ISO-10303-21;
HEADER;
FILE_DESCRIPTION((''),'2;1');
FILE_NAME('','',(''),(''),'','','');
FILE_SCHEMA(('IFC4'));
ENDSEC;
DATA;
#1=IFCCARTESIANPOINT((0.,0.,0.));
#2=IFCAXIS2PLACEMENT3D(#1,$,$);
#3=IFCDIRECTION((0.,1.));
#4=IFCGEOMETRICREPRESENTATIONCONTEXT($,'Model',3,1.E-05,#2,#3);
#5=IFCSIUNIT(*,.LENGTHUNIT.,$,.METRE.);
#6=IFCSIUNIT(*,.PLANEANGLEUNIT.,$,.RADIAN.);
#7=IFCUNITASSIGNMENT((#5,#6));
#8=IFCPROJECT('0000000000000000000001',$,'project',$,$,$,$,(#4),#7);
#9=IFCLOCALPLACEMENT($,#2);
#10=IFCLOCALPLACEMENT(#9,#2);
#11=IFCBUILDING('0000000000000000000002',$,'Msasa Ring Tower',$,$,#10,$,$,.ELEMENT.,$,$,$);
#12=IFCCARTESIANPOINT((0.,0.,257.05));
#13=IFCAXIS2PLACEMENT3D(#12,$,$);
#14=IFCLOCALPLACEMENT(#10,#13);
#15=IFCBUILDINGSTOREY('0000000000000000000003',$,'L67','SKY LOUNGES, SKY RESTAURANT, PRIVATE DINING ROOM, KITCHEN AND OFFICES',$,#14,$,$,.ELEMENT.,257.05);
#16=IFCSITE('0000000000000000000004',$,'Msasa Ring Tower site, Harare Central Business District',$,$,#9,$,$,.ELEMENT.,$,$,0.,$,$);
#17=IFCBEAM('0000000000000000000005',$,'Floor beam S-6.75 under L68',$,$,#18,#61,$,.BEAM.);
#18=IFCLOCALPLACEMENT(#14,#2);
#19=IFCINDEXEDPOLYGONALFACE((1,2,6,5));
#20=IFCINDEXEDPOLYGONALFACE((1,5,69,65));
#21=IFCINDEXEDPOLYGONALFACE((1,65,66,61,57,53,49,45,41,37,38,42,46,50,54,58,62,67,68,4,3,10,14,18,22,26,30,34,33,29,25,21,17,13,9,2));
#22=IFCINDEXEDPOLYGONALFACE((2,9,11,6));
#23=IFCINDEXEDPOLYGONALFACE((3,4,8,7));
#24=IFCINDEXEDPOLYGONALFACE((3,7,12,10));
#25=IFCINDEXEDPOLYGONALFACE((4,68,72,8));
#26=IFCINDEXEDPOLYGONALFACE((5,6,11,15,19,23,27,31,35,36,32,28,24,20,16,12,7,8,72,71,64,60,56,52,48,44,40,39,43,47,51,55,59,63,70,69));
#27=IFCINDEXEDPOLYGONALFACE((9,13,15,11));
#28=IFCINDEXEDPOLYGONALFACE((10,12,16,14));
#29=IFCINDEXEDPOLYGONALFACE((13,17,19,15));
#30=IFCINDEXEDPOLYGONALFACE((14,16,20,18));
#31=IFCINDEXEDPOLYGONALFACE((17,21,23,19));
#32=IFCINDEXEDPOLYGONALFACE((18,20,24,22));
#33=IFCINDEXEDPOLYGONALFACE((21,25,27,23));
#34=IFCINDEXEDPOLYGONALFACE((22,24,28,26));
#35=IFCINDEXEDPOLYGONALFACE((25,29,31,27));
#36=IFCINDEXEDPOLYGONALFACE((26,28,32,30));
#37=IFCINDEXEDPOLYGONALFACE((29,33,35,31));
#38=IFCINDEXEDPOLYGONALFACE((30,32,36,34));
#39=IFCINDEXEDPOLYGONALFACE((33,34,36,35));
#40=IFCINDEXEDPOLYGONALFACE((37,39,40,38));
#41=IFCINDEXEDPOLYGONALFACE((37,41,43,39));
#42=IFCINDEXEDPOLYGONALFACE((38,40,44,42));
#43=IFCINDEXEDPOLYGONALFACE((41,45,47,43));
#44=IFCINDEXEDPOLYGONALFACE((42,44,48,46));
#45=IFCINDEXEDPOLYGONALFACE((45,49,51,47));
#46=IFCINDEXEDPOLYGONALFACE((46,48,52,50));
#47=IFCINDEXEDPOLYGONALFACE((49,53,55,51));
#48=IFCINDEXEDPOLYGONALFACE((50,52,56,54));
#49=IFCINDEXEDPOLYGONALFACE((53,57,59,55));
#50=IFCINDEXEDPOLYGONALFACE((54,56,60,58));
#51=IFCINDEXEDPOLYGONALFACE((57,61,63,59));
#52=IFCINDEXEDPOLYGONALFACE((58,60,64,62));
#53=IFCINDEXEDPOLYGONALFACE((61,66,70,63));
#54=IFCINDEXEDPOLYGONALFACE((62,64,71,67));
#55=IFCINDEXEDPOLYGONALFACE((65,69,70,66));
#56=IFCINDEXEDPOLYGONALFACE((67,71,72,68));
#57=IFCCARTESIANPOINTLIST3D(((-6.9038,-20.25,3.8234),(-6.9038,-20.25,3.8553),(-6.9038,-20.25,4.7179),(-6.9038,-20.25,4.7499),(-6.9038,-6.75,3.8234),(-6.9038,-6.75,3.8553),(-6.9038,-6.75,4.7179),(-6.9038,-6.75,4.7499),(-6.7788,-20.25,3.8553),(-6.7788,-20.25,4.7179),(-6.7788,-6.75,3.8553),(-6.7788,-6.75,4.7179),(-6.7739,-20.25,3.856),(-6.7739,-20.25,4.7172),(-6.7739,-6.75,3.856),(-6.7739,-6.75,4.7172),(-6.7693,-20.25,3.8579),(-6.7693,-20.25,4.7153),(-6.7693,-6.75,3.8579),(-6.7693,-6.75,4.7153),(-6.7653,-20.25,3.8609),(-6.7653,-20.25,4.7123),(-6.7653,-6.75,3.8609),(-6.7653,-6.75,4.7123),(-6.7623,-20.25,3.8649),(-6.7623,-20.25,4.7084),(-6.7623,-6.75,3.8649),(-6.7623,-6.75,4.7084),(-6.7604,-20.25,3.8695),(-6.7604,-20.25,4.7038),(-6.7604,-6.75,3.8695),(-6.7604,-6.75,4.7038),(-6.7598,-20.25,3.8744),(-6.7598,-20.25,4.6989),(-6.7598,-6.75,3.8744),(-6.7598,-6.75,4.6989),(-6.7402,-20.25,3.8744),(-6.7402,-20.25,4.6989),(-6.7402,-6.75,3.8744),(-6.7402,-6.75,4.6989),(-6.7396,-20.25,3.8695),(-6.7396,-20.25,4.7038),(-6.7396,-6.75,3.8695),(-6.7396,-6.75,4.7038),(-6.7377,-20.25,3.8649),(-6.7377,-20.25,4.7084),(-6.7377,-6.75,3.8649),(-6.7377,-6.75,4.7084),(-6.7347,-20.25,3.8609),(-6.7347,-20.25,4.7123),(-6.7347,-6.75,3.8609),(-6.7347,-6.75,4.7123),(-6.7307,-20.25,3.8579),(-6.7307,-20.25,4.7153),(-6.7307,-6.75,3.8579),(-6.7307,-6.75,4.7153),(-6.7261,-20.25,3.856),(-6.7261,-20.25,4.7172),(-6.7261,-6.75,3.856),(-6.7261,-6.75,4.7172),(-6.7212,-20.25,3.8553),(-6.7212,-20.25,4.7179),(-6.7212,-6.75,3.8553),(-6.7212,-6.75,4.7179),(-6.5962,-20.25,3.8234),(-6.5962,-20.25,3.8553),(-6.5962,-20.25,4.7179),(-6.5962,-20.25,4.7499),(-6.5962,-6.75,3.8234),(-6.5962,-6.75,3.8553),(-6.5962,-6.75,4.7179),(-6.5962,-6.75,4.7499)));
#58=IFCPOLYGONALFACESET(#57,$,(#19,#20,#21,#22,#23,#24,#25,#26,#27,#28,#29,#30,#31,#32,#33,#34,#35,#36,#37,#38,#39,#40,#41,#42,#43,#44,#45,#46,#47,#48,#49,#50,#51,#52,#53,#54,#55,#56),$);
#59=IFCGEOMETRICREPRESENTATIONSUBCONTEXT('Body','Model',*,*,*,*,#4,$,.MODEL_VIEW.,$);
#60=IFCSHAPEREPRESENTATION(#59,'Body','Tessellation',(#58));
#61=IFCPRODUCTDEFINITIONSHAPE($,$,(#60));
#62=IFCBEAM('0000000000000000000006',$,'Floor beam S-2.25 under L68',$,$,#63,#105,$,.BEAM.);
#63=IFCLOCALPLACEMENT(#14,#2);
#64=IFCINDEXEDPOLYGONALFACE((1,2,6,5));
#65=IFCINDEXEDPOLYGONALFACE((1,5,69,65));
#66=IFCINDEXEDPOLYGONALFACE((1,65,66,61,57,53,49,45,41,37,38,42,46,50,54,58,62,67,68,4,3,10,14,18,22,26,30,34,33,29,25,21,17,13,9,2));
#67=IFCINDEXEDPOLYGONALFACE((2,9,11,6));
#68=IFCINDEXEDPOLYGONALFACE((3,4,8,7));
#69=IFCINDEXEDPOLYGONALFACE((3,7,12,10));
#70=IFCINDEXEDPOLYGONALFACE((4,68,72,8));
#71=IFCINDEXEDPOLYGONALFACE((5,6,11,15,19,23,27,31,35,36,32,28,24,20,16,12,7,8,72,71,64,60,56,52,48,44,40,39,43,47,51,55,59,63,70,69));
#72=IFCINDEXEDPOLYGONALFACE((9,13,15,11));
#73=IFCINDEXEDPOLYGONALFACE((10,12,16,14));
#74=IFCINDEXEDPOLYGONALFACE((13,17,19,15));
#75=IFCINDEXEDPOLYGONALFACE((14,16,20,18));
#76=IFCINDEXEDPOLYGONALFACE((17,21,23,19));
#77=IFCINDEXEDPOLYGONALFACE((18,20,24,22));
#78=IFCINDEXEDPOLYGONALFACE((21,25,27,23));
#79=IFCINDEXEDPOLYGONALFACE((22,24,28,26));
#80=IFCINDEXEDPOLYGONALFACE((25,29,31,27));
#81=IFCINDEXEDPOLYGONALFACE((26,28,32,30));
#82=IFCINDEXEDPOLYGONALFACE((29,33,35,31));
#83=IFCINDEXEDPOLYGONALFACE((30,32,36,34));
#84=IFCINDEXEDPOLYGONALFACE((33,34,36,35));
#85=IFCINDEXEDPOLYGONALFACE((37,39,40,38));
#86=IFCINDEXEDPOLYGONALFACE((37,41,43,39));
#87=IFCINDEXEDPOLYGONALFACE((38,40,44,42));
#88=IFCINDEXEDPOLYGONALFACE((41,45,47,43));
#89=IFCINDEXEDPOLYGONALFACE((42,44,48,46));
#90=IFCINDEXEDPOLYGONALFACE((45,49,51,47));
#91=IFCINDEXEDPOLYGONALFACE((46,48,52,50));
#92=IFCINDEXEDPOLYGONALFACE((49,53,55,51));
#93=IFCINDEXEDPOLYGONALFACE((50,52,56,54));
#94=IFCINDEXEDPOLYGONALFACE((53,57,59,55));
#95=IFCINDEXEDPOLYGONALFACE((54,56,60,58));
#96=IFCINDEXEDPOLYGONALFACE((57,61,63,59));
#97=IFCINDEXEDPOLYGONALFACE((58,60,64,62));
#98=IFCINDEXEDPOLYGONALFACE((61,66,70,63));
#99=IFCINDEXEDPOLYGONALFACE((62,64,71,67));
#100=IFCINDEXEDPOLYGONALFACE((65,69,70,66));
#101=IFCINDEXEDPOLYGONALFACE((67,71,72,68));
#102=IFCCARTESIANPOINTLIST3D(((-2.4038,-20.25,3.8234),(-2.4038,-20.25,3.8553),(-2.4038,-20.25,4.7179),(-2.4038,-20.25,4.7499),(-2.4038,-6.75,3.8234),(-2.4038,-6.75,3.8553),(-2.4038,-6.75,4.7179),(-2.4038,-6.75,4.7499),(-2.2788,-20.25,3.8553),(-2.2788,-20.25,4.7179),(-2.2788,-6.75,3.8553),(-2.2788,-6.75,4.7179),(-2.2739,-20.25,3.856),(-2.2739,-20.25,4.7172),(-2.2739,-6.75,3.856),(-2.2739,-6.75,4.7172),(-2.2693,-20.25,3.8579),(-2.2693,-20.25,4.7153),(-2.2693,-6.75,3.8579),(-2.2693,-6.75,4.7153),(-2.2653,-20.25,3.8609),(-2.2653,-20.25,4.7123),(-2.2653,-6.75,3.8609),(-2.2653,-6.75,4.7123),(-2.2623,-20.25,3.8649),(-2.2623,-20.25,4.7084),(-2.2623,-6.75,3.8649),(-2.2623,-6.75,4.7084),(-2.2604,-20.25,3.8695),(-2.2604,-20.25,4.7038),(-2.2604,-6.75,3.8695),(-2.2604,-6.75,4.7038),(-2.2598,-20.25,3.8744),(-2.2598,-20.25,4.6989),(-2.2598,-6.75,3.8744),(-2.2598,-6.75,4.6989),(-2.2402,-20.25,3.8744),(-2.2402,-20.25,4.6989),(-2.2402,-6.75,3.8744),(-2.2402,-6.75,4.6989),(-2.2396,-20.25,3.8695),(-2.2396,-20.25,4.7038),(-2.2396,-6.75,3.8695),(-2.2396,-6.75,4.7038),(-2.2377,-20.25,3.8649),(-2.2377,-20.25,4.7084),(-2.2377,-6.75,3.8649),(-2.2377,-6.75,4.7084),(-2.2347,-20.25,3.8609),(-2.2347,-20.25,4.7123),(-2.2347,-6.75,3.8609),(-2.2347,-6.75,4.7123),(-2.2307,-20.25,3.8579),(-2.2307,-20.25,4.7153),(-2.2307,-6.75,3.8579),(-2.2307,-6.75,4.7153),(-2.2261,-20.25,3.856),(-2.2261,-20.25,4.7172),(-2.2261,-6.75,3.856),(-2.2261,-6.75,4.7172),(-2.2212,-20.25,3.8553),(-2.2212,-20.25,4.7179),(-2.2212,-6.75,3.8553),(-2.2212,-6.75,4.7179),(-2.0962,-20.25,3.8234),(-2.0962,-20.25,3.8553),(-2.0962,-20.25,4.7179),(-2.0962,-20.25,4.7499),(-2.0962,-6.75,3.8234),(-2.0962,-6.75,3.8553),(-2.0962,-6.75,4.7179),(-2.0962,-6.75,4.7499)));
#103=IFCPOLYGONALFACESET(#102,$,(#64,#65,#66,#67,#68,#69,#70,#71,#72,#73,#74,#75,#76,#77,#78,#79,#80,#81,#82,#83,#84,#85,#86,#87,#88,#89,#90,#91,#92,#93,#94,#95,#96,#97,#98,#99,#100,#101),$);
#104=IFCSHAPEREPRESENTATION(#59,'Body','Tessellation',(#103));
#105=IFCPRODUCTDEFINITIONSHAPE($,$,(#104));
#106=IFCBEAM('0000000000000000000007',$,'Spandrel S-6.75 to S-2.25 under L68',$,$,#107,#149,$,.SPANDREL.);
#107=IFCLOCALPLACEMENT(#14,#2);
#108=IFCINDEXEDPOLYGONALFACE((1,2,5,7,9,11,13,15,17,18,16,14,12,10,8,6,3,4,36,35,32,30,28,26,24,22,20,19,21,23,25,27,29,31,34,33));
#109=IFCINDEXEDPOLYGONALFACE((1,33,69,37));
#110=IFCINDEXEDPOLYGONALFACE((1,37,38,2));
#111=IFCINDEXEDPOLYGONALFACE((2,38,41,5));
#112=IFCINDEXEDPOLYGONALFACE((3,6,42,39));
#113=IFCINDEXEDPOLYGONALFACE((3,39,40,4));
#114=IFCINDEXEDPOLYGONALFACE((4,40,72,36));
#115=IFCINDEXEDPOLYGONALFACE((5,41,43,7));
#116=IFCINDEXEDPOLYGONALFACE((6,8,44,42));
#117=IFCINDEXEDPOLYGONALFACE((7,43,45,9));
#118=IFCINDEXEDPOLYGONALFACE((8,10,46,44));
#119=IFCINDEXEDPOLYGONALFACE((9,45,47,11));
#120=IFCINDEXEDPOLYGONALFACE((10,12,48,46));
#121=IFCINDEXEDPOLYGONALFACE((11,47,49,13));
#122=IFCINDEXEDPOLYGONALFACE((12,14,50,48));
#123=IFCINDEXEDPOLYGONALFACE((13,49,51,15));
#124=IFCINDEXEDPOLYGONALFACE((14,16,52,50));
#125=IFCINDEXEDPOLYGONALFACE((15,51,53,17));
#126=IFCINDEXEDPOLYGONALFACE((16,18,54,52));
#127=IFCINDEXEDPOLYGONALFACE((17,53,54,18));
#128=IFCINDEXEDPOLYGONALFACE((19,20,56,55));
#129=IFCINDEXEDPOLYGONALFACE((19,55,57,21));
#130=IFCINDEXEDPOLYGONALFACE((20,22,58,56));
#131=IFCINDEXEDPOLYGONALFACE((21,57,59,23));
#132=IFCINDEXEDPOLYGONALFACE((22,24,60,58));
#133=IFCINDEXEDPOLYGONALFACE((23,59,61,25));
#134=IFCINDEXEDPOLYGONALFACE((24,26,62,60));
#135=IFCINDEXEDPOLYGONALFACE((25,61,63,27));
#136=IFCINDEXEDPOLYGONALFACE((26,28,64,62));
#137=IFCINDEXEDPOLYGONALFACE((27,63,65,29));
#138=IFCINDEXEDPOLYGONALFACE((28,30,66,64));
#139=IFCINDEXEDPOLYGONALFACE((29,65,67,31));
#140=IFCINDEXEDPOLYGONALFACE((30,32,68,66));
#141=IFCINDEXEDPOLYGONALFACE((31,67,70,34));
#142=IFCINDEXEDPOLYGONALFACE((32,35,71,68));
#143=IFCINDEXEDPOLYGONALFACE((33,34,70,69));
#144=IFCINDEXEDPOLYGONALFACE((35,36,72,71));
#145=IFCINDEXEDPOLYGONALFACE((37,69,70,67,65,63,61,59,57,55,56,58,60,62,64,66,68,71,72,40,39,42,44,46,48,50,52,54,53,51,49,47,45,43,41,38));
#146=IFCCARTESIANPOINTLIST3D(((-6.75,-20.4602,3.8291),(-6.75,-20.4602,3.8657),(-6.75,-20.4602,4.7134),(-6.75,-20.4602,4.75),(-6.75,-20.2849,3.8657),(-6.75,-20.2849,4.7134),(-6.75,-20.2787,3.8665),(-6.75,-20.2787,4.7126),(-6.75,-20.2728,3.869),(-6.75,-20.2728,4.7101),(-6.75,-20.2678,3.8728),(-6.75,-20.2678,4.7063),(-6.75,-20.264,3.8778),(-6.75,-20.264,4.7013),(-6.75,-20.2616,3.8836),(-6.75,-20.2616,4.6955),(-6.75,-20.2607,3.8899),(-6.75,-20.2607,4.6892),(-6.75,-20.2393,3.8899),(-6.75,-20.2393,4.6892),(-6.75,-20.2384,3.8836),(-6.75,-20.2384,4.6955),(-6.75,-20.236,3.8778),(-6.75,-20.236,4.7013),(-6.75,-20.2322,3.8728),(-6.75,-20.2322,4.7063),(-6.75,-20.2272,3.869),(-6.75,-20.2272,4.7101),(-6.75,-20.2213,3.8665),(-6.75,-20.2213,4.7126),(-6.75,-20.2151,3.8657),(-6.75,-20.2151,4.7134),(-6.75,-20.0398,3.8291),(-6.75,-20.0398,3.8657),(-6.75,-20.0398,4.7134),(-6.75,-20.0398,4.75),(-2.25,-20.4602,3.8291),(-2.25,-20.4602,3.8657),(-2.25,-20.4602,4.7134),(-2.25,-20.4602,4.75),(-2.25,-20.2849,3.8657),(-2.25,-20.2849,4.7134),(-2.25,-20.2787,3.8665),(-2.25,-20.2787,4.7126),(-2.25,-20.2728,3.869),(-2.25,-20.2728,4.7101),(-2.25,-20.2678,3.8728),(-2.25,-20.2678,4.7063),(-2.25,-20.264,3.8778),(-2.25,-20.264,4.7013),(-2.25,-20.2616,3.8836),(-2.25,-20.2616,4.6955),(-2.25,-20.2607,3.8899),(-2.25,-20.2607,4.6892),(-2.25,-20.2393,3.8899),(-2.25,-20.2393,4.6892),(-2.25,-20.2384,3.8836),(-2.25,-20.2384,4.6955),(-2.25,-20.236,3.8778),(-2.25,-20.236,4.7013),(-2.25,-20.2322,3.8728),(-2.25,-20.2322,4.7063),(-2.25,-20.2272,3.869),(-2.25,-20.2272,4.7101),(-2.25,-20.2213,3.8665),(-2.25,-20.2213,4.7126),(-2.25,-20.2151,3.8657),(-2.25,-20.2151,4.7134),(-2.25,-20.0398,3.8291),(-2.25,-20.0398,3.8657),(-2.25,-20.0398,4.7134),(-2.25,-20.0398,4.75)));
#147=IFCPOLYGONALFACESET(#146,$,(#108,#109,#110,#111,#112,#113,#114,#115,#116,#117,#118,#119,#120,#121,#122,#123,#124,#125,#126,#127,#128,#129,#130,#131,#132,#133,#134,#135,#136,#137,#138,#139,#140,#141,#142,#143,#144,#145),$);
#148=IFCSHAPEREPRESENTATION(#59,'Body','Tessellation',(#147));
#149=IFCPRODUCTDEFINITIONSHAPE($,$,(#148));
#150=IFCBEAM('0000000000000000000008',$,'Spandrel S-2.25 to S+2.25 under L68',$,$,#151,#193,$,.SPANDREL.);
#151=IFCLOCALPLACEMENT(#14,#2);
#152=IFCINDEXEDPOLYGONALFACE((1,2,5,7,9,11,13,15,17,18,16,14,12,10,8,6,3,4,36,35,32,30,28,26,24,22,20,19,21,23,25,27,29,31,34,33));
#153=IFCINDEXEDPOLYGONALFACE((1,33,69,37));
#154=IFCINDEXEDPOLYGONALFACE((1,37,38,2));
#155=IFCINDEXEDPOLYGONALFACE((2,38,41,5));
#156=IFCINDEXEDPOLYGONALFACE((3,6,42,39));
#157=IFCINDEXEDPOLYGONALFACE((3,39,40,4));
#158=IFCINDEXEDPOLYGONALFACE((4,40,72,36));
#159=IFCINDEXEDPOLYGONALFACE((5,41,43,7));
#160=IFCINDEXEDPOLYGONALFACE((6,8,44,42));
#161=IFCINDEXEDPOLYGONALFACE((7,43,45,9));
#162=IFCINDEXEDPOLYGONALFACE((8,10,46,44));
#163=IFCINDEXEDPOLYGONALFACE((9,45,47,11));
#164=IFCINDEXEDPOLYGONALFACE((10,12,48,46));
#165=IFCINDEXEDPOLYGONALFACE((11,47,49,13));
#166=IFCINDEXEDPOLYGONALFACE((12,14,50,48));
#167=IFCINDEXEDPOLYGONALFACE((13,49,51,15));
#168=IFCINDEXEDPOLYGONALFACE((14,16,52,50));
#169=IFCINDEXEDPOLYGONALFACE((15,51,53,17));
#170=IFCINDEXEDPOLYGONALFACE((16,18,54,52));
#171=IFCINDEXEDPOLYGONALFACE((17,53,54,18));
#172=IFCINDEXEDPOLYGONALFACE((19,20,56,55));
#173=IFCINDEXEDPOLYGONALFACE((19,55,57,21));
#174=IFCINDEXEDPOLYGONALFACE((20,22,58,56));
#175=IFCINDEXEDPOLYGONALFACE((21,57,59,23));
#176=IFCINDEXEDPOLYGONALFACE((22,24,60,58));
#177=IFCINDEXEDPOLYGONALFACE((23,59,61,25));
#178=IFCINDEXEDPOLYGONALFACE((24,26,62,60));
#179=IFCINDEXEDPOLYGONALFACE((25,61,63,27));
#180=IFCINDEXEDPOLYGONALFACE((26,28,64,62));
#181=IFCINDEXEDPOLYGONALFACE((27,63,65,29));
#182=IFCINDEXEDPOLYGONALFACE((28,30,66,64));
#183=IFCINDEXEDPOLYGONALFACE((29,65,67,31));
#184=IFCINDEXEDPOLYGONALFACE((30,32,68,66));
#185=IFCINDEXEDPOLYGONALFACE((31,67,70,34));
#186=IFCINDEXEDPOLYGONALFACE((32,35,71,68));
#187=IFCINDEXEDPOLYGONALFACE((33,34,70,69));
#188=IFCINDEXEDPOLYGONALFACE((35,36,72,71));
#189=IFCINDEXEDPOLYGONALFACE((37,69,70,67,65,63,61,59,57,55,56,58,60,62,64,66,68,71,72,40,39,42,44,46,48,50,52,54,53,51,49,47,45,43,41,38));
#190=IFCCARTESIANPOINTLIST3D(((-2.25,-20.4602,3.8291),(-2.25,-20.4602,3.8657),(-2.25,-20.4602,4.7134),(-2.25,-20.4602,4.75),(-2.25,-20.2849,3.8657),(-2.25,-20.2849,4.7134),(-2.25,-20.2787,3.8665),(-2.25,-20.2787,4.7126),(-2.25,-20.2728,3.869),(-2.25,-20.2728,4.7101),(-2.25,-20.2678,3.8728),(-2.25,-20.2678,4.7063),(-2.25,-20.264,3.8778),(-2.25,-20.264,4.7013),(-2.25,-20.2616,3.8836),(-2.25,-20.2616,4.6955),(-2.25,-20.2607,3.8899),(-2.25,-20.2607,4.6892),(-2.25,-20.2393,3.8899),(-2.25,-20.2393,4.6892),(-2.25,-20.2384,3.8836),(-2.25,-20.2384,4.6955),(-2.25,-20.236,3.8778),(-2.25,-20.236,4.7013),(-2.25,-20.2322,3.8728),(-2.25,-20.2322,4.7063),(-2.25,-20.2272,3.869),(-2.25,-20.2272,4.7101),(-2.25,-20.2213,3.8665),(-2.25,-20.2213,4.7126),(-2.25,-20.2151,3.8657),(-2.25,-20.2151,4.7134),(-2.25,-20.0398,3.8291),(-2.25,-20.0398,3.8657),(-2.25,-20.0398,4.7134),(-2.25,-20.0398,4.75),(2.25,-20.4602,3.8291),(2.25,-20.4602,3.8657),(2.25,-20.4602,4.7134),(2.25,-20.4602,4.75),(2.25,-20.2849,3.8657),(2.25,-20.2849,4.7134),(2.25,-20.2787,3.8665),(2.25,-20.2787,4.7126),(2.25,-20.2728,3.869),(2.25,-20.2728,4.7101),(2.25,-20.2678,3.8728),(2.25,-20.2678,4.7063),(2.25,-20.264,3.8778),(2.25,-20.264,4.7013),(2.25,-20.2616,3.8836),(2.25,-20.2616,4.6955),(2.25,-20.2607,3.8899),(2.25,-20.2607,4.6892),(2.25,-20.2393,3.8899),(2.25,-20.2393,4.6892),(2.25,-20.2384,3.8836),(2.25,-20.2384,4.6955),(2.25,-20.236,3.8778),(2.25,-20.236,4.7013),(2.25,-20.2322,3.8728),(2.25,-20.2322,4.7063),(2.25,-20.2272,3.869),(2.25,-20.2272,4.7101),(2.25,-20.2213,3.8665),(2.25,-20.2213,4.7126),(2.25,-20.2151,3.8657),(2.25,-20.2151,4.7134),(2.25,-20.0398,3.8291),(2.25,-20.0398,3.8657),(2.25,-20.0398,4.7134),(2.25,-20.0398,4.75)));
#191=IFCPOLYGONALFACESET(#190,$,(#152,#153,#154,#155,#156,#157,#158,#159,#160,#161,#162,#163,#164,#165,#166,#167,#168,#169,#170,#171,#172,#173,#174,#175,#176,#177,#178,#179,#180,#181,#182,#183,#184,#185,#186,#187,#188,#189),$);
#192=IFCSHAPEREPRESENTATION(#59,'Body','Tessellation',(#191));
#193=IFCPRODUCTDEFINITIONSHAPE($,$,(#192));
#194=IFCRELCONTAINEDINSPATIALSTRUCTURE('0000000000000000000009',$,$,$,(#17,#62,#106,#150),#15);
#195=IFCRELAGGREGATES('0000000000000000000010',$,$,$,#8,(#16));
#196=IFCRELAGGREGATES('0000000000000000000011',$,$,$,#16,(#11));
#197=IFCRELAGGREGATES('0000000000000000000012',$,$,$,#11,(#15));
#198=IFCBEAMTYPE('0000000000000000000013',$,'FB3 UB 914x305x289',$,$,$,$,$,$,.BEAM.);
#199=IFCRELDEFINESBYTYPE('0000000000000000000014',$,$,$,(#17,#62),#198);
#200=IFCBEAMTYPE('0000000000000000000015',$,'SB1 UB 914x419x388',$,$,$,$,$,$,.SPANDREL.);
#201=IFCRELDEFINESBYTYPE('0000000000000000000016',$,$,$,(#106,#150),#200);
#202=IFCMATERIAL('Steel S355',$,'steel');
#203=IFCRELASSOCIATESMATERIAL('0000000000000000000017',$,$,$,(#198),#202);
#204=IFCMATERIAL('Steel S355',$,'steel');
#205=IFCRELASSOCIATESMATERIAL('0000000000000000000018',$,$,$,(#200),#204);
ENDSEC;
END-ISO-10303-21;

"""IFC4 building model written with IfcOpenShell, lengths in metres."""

from ifc_helpers import new_model, si_unit, direction, frame, origin, origin_2d, place, context, subcontext, project, spatial, i_section, extrude, material, material_profile, profile_set, type_object, element, save


model = new_model("IFC4")

# Units and contexts
model_context = context("Model", 3, precision=1e-05, world=origin(), true_north=direction((0.0, 1.0)))
body_context = subcontext(model_context, "Body", "Model", "MODEL_VIEW")
ifc_project = project(units=[si_unit("LENGTHUNIT", "METRE"), si_unit("PLANEANGLEUNIT", "RADIAN")], contexts=[model_context])

# Site, building, storey
site_placement = place(None, origin())
site = spatial("IfcSite", under=ifc_project, at=site_placement, Name="Msasa Ring Tower site, Harare Central Business District", CompositionType="ELEMENT", RefElevation=0.0)
building_placement = place(site_placement, origin())
building = spatial("IfcBuilding", under=site, at=building_placement, Name="Msasa Ring Tower", CompositionType="ELEMENT")
storey_placement = place(building_placement, frame((0.0, 0.0, 257.05)))
storey = spatial("IfcBuildingStorey", under=building, at=storey_placement, Name="L67", Description="SKY LOUNGES, SKY RESTAURANT, PRIVATE DINING ROOM, KITCHEN AND OFFICES", CompositionType="ELEMENT", Elevation=257.05)

# Beams
ifc_material_1 = material(Name="Steel S355", Category="steel")
ifc_material_profile_1 = material_profile(ifc_material_1, i_section(OverallWidth=0.3076, OverallDepth=0.9265, WebThickness=0.0195, FlangeThickness=0.032, FilletRadius=0.019, at=origin_2d()), Name="UB 914x305x289")
ifc_profile_set_1 = profile_set([ifc_material_profile_1], Name="Steel S355")
beam_type_1 = type_object("IfcBeamType", Name="FB3 UB 914x305x289", PredefinedType="BEAM", material=ifc_profile_set_1)
for number, where, z_axis, x_axis, name in (
    (1, (-6.75, -20.25, 4.2866), (0.0, 1.0, 0.0), (-1.0, 0.0, 0.0), "Floor beam S-6.75 under L68"),
    (2, (-2.25, -20.25, 4.2866), (0.0, 1.0, 0.0), (-1.0, 0.0, 0.0), "Floor beam S-2.25 under L68"),
):
    element("IfcBeam", number, at=place(storey_placement, frame(where, z_axis=z_axis, x_axis=x_axis)), inside=storey, type_object=beam_type_1, Name=name, PredefinedType="BEAM", context=body_context, shape_type="SweptSolid", body=[
        extrude(i_section(OverallWidth=0.3076, OverallDepth=0.9265, WebThickness=0.0195, FlangeThickness=0.032, FilletRadius=0.019, at=origin_2d()), origin(), (0.0, 0.0, 1.0), 13.5),
    ])
ifc_material_2 = material(Name="Steel S355", Category="steel")
ifc_material_profile_2 = material_profile(ifc_material_2, i_section(OverallWidth=0.4204, OverallDepth=0.9209, WebThickness=0.0215, FlangeThickness=0.0366, FilletRadius=0.0242, at=origin_2d()), Name="UB 914x419x388")
ifc_profile_set_2 = profile_set([ifc_material_profile_2], Name="Steel S355")
beam_type_2 = type_object("IfcBeamType", Name="SB1 UB 914x419x388", PredefinedType="SPANDREL", material=ifc_profile_set_2)
for number, where, z_axis, x_axis, name in (
    (3, (-6.75, -20.25, 4.2896), (1.0, 0.0, 0.0), (0.0, 1.0, 0.0), "Spandrel S-6.75 to S-2.25 under L68"),
    (4, (-2.25, -20.25, 4.2896), (1.0, 0.0, 0.0), (0.0, 1.0, 0.0), "Spandrel S-2.25 to S+2.25 under L68"),
):
    element("IfcBeam", number, at=place(storey_placement, frame(where, z_axis=z_axis, x_axis=x_axis)), inside=storey, type_object=beam_type_2, Name=name, PredefinedType="SPANDREL", context=body_context, shape_type="SweptSolid", body=[
        extrude(i_section(OverallWidth=0.4204, OverallDepth=0.9209, WebThickness=0.0215, FlangeThickness=0.0366, FilletRadius=0.0242, at=origin_2d()), origin(), (0.0, 0.0, 1.0), 4.5),
    ])

save(model, "model.ifc")
